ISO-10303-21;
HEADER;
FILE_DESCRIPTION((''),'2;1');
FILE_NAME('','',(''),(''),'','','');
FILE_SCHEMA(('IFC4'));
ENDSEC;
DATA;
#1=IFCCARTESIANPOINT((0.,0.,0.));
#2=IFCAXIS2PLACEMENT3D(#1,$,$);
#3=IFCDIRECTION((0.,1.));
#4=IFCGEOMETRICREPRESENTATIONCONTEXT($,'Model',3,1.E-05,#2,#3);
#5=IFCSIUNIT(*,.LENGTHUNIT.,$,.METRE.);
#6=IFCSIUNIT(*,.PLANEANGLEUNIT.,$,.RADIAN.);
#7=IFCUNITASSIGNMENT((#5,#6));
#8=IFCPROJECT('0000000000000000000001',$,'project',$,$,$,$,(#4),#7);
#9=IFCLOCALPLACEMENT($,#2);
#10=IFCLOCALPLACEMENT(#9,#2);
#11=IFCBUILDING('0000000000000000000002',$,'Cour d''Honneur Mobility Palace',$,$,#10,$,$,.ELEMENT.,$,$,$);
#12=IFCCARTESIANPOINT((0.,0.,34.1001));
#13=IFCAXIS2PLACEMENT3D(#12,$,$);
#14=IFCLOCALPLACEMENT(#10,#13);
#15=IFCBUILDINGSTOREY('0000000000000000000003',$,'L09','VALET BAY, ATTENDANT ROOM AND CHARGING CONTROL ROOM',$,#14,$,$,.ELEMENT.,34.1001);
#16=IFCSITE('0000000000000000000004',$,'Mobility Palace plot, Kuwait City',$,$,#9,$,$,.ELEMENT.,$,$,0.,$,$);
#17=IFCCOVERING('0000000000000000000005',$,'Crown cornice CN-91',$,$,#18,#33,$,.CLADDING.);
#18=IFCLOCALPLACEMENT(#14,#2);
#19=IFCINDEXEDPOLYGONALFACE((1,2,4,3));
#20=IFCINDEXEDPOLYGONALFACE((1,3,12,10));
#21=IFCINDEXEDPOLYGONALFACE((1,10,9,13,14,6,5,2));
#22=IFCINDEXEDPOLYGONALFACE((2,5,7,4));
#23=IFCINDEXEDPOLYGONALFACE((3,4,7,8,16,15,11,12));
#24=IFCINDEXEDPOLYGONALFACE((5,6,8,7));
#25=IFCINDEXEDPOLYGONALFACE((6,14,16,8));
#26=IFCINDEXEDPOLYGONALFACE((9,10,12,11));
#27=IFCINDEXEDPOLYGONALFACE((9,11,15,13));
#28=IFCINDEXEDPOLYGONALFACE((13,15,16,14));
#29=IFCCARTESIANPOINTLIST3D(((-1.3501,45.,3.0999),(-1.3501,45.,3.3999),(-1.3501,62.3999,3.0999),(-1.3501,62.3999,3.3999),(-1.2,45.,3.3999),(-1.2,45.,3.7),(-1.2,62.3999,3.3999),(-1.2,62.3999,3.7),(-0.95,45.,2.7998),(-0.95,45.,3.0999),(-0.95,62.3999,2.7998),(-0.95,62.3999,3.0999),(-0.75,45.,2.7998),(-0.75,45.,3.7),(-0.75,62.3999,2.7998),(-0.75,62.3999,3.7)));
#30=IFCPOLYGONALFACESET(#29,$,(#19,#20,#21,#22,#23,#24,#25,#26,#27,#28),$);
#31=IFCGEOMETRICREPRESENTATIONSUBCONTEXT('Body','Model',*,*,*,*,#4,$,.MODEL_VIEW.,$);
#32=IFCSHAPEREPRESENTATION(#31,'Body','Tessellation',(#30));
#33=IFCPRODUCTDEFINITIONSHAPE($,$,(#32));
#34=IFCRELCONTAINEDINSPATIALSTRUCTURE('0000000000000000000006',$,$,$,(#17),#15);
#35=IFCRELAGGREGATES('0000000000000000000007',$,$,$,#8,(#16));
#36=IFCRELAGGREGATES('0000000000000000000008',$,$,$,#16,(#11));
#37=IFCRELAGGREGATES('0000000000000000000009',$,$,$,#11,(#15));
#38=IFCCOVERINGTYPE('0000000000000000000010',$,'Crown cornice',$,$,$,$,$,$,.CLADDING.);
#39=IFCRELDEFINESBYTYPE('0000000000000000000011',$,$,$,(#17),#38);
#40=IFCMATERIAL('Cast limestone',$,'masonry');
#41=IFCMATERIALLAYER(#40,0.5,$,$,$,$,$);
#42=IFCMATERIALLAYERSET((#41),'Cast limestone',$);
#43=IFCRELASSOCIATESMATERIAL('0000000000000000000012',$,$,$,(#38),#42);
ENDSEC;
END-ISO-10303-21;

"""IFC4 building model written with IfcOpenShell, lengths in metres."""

from ifc_helpers import new_model, si_unit, direction, frame, origin, place, context, subcontext, project, spatial, polyline, outline, extrude, material, layer, layer_set, type_object, element, save


model = new_model("IFC4")

# Units and contexts
model_context = context("Model", 3, precision=1e-05, world=origin(), true_north=direction((0.0, 1.0)))
body_context = subcontext(model_context, "Body", "Model", "MODEL_VIEW")
ifc_project = project(units=[si_unit("LENGTHUNIT", "METRE"), si_unit("PLANEANGLEUNIT", "RADIAN")], contexts=[model_context])

# Site, building, storey
site_placement = place(None, origin())
site = spatial("IfcSite", under=ifc_project, at=site_placement, Name="Mobility Palace plot, Kuwait City", CompositionType="ELEMENT", RefElevation=0.0)
building_placement = place(site_placement, origin())
building = spatial("IfcBuilding", under=site, at=building_placement, Name="Cour d'Honneur Mobility Palace", CompositionType="ELEMENT")
storey_placement = place(building_placement, frame((0.0, 0.0, 34.1001)))
storey = spatial("IfcBuildingStorey", under=building, at=storey_placement, Name="L09", Description="VALET BAY, ATTENDANT ROOM AND CHARGING CONTROL ROOM", CompositionType="ELEMENT", Elevation=34.1001)

# Covering
ifc_material_1 = material(Name="Cast limestone", Category="masonry")
ifc_layer_1 = layer(ifc_material_1, 0.5)
ifc_layer_set_1 = layer_set([ifc_layer_1], Name="Cast limestone")
covering_type = type_object("IfcCoveringType", Name="Crown cornice", PredefinedType="CLADDING", material=ifc_layer_set_1)
covering_placement = place(storey_placement, frame((-0.75, 62.3999, 2.7998), z_axis=(0.0, 1.0, 0.0), x_axis=(-1.0, 0.0, 0.0)))
element("IfcCovering", 1, at=covering_placement, inside=storey, type_object=covering_type, Name="Crown cornice CN-91", PredefinedType="CLADDING", context=body_context, shape_type="SweptSolid", body=[
    extrude(outline(polyline([(0.0, 0.0), (0.2, 0.0), (0.2, 0.3), (0.6001, 0.3), (0.6001, 0.6001), (0.45, 0.6001), (0.45, 0.9001), (0.0, 0.9001), (0.0, 0.0)])), origin(), (0.0, 0.0, -1.0), 17.3999),
])

save(model, "model.ifc")
